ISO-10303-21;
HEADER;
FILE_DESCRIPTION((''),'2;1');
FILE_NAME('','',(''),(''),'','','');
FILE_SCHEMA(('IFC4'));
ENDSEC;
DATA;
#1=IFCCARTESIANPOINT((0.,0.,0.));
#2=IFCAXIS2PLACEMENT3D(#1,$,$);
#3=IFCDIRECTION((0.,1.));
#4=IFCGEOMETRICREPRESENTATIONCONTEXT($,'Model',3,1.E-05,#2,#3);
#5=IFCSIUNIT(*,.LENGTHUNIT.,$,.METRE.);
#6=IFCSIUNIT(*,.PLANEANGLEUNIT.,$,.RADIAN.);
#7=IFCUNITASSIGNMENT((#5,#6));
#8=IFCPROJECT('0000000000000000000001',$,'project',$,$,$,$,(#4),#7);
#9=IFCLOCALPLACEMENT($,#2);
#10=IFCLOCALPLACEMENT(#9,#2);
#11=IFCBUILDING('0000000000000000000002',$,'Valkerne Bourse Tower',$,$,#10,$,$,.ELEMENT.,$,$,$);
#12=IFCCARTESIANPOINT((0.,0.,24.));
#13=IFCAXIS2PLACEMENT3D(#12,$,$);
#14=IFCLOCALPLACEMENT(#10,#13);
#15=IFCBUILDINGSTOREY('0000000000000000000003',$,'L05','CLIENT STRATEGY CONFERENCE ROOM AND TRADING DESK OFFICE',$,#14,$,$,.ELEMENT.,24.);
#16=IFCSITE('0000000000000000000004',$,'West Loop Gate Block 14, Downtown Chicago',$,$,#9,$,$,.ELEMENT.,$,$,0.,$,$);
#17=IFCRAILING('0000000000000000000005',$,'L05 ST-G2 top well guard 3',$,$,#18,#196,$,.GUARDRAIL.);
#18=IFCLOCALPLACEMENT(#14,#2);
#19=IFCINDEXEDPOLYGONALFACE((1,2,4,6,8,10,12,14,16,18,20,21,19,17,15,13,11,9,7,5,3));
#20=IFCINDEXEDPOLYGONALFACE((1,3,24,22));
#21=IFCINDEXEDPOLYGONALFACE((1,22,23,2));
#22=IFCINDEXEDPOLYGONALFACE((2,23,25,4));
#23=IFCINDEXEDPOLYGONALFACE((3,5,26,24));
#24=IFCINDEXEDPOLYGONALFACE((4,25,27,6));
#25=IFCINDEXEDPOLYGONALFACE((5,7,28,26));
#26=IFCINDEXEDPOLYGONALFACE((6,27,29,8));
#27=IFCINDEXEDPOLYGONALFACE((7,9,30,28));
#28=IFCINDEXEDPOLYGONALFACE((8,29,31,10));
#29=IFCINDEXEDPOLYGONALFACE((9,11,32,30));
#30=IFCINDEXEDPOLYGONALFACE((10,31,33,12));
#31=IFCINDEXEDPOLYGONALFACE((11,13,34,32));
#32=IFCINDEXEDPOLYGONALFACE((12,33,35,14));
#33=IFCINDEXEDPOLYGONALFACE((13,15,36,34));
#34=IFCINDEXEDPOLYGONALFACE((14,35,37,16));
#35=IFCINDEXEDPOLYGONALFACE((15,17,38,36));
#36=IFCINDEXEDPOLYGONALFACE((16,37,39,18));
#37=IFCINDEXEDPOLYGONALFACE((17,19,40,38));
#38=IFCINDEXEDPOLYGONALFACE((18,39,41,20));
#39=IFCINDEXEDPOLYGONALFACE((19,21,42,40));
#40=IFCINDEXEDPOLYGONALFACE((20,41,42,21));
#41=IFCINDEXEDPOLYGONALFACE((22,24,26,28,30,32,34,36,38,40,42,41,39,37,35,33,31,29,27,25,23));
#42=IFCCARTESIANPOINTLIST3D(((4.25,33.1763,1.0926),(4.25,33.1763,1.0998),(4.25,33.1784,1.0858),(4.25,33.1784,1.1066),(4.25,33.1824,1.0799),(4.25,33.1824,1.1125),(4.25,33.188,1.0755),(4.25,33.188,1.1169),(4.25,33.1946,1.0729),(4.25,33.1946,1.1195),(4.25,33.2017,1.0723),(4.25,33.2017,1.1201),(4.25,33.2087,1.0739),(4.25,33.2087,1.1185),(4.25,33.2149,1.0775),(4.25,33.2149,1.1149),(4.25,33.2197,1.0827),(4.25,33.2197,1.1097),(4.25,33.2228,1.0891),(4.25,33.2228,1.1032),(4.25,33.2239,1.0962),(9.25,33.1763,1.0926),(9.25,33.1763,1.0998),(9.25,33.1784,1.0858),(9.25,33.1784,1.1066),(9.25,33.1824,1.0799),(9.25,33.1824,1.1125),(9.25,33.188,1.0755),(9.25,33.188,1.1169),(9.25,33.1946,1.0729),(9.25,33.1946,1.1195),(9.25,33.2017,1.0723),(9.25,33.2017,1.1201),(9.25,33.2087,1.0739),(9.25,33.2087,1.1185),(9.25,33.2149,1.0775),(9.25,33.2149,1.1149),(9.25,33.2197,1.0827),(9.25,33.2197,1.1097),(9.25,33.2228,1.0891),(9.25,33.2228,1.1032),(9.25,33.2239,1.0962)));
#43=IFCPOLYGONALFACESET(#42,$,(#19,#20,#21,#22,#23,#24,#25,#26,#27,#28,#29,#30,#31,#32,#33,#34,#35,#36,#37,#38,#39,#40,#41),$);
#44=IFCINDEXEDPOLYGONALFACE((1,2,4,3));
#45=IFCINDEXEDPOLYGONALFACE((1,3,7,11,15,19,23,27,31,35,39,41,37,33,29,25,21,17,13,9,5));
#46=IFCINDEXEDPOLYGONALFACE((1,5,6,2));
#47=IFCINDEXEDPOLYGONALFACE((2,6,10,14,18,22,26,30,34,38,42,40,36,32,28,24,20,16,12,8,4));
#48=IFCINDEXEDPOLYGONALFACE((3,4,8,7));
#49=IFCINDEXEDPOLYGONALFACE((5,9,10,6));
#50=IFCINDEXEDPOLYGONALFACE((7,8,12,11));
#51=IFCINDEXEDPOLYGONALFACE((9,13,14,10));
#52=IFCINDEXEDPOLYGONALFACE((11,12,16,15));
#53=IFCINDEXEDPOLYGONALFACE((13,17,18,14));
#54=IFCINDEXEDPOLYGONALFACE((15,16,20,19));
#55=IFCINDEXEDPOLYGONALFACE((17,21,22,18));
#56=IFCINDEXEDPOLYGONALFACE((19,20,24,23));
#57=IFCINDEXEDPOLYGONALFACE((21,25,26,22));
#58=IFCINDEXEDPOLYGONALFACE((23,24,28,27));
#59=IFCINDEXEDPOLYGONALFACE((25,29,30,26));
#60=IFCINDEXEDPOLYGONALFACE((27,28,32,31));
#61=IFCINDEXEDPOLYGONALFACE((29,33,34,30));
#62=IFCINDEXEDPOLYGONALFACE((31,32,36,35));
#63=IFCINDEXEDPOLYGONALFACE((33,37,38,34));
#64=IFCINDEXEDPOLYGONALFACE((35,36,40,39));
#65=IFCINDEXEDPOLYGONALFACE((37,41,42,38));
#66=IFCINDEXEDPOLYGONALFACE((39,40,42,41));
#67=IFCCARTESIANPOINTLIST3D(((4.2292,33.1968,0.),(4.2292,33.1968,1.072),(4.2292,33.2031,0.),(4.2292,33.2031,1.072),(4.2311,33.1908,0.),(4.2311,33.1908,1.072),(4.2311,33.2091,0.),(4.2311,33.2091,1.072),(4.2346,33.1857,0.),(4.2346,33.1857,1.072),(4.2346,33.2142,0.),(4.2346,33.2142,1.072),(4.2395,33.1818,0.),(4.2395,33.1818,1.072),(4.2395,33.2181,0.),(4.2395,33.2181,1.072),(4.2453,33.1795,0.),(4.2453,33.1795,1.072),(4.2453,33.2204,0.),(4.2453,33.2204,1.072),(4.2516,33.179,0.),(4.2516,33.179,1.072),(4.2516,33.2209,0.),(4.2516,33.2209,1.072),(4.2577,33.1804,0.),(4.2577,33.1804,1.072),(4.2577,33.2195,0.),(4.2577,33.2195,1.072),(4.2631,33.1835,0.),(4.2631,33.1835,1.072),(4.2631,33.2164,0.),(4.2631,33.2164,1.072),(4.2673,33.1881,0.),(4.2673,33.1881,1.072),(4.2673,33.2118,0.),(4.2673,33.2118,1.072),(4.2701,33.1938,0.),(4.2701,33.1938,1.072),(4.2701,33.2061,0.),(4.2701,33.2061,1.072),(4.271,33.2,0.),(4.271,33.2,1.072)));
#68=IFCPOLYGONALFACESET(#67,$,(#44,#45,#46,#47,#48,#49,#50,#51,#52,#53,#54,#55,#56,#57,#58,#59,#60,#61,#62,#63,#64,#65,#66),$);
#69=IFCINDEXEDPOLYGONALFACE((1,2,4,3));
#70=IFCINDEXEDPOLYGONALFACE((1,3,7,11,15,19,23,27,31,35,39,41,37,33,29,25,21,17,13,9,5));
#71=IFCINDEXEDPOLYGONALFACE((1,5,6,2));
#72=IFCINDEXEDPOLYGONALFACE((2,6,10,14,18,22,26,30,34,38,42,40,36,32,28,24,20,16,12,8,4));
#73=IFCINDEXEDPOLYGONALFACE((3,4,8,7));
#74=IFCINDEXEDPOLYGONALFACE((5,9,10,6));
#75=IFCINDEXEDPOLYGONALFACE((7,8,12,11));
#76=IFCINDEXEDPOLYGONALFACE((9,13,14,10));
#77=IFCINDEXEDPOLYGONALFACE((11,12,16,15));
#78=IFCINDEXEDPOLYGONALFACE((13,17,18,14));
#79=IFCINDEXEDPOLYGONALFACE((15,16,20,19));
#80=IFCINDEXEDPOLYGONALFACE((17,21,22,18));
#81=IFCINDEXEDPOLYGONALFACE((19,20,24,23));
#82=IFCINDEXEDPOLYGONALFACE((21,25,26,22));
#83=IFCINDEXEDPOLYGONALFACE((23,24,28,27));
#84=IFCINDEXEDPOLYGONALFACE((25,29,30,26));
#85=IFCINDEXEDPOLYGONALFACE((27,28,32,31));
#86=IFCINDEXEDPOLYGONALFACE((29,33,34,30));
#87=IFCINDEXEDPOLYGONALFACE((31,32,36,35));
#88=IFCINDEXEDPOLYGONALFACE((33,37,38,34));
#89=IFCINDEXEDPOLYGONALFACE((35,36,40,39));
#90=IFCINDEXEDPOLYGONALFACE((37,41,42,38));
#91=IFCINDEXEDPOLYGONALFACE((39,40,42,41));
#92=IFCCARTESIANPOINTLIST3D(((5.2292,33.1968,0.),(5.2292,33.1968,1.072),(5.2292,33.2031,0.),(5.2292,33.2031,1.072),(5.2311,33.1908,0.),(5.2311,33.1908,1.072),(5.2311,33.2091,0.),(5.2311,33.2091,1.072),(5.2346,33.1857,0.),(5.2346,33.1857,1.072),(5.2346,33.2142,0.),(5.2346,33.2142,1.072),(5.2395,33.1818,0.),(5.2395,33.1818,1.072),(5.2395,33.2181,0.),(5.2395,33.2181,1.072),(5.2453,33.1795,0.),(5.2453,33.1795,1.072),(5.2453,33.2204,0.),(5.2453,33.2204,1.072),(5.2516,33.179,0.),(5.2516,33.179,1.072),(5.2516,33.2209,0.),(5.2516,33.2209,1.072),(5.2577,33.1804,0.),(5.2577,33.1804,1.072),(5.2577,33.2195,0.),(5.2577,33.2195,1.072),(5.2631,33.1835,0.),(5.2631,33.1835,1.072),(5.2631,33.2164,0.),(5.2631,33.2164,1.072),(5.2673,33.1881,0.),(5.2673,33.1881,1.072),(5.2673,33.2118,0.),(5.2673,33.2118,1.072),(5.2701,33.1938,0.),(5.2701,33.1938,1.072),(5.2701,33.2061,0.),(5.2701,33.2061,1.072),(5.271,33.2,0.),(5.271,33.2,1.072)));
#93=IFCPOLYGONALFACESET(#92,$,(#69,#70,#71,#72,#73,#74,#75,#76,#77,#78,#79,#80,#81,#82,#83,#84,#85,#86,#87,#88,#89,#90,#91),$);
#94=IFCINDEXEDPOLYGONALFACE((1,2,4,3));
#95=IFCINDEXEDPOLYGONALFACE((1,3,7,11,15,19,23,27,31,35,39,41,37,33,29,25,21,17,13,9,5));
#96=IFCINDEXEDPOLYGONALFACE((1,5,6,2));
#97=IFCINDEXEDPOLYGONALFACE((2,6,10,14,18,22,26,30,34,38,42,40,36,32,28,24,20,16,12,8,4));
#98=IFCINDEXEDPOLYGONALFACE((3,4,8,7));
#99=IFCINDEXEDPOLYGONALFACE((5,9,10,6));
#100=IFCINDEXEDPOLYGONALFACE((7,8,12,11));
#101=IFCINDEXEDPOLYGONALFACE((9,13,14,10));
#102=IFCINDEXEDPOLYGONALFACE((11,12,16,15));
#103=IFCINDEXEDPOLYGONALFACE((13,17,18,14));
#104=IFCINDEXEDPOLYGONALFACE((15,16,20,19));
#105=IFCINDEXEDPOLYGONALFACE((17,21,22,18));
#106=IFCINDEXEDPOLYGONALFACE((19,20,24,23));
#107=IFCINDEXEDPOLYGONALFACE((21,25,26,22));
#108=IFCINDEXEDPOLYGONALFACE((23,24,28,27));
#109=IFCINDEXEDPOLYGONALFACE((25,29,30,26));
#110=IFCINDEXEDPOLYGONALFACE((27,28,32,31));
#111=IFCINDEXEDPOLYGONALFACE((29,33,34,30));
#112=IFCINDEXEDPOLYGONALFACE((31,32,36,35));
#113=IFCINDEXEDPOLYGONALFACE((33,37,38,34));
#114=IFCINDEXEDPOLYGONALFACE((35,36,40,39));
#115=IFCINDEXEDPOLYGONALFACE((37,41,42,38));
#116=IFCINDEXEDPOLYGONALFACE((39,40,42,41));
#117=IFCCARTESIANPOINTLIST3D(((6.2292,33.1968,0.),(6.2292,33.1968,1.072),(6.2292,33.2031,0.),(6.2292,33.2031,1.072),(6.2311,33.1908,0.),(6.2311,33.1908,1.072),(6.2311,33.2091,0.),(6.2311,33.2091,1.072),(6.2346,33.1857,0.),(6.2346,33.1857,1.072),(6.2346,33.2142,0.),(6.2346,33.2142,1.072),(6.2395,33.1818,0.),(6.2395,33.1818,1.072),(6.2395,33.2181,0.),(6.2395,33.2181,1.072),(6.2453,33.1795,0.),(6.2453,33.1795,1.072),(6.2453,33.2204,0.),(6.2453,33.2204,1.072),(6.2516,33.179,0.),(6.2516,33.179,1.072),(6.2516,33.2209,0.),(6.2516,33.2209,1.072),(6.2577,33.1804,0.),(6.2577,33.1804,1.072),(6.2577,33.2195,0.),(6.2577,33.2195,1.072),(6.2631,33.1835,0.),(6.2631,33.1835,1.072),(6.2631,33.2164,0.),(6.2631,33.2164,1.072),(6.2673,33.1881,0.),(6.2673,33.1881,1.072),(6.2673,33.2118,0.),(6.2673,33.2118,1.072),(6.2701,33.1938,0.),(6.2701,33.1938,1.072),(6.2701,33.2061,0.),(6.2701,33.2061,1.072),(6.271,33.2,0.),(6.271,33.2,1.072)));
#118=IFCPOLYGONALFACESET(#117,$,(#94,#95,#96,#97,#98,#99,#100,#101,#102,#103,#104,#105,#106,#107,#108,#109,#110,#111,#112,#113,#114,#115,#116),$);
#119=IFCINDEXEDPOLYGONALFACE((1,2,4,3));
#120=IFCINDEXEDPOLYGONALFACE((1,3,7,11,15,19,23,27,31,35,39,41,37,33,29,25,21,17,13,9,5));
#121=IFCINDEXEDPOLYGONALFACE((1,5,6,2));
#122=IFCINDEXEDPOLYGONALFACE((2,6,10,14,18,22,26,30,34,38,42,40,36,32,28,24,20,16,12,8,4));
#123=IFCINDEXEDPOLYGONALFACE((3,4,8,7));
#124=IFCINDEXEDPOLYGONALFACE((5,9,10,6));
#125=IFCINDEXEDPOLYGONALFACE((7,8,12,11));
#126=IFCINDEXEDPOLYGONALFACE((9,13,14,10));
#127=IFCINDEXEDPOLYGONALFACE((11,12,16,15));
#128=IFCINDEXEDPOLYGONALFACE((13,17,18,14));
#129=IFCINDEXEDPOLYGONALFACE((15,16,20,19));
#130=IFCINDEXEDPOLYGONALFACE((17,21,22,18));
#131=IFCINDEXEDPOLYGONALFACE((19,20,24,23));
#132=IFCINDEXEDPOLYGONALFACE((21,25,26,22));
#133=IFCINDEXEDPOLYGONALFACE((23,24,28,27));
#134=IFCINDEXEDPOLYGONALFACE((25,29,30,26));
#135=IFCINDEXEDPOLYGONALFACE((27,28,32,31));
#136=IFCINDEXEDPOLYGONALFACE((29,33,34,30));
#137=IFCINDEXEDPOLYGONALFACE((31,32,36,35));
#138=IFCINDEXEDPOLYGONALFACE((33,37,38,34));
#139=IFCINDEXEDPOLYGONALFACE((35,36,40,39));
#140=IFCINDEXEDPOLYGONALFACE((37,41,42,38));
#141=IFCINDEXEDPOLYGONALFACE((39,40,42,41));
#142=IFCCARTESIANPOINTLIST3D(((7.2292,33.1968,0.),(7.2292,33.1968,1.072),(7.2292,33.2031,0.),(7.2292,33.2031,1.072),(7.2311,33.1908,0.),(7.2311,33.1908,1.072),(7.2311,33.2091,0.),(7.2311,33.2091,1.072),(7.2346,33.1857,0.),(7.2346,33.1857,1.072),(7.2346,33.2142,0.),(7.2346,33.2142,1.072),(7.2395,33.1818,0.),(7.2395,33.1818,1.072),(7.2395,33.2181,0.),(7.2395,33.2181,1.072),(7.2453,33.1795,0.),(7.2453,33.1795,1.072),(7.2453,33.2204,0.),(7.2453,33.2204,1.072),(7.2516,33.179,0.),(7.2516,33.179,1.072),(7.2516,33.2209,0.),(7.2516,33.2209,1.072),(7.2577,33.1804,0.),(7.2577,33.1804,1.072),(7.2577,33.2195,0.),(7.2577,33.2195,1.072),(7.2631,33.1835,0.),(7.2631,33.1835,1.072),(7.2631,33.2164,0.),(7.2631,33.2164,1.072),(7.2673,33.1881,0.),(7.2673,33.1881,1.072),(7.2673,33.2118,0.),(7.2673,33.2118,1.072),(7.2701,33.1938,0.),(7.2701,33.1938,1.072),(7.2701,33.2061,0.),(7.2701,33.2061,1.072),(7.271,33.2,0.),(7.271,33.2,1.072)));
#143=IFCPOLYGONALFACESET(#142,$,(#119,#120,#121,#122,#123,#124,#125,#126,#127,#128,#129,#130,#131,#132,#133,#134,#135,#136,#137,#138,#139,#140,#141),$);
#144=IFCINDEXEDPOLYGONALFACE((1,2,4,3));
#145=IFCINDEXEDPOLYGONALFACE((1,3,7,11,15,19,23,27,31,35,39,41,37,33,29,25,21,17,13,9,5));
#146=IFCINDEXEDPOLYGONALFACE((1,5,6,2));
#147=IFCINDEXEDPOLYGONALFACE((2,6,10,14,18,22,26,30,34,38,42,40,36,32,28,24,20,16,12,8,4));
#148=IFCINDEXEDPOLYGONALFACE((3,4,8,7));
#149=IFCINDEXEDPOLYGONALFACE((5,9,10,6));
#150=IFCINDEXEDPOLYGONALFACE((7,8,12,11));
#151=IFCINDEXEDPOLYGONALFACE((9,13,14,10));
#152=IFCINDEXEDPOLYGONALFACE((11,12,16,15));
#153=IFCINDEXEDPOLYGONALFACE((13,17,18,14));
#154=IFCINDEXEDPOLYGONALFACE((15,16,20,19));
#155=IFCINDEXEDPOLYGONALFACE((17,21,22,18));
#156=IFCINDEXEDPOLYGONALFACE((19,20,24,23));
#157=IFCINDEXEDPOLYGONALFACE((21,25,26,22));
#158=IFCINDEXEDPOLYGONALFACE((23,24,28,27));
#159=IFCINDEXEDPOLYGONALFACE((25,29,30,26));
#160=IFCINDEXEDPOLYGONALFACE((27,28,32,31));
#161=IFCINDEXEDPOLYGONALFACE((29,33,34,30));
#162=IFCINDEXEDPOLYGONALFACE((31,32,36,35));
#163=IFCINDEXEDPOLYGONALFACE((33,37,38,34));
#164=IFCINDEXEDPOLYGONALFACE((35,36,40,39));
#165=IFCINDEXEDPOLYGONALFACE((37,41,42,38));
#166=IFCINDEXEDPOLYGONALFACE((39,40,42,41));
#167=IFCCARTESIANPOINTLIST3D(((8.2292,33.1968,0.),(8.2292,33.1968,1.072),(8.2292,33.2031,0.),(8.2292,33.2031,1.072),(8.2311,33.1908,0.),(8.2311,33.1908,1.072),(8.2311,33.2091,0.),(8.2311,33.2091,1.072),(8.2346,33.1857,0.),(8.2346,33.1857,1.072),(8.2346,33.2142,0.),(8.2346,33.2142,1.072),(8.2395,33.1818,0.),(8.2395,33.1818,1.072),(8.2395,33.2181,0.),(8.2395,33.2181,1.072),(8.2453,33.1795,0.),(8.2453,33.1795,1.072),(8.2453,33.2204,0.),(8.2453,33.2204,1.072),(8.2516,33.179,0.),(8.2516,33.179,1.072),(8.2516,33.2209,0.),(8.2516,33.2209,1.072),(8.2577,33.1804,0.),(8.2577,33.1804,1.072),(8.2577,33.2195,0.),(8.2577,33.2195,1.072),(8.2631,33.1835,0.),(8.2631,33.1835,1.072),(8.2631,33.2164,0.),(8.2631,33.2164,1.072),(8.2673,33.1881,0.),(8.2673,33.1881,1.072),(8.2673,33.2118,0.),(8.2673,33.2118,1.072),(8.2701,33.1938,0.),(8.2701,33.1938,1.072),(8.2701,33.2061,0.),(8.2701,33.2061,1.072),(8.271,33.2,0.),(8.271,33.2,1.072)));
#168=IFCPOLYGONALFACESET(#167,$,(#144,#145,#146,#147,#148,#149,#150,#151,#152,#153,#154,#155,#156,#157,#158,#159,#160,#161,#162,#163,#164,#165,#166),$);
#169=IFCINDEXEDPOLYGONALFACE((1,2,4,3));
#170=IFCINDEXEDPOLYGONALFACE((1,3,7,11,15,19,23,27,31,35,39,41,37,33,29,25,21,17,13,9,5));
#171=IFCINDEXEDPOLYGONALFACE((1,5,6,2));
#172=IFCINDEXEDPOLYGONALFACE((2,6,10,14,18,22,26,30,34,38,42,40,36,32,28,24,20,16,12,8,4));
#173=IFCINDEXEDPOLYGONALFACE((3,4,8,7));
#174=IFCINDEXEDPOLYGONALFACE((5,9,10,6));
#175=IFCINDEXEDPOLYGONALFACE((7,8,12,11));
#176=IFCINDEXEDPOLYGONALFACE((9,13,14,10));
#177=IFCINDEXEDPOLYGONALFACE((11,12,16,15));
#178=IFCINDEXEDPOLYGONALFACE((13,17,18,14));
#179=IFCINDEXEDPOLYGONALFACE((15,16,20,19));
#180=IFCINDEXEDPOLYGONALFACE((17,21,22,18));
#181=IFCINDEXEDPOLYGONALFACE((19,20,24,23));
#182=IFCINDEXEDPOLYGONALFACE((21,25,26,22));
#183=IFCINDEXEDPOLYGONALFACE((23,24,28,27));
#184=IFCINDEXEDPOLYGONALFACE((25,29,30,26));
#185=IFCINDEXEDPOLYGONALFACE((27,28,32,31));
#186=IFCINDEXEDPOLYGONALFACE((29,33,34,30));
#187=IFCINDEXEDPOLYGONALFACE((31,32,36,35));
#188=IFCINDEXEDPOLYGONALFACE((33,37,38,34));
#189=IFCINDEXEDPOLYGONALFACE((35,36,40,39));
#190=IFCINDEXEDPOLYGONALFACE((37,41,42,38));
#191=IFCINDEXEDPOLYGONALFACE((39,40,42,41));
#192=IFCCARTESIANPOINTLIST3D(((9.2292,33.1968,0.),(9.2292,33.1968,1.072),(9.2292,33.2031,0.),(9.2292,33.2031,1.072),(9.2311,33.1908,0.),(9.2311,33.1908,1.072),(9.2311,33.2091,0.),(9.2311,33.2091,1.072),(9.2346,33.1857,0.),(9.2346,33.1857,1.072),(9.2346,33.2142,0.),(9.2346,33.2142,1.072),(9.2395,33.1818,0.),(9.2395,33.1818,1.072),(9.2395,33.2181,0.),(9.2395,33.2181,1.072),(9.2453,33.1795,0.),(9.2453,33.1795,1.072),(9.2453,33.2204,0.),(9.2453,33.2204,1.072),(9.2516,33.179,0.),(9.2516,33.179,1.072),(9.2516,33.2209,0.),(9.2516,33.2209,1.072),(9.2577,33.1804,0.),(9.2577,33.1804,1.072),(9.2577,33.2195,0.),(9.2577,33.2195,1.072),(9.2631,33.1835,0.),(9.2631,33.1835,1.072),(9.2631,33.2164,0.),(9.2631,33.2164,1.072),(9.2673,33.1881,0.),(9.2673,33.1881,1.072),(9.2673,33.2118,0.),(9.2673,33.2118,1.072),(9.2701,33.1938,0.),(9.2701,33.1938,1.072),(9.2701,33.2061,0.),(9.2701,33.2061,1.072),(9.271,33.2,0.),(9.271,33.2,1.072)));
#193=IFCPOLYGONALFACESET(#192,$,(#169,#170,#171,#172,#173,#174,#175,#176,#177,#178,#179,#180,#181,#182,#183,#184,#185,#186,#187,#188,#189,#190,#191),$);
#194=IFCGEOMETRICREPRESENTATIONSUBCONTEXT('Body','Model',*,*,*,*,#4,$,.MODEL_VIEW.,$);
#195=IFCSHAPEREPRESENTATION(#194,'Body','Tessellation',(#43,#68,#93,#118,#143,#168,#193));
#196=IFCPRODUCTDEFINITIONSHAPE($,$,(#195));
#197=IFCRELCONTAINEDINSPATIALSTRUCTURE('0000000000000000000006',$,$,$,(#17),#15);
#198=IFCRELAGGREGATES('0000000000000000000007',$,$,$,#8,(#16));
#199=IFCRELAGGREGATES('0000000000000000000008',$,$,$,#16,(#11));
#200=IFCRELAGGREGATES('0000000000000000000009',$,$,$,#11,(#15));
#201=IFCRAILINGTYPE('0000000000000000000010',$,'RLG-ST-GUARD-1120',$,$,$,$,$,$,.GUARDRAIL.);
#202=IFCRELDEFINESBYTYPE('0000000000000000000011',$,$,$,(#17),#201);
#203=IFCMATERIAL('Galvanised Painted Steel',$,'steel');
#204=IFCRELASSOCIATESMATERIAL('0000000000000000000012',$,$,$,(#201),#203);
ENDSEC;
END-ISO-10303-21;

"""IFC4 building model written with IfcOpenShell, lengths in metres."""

from ifc_helpers import new_model, si_unit, direction, frame, origin, origin_2d, place, context, subcontext, project, spatial, circle, extrude, material, type_object, element, save


model = new_model("IFC4")

# Units and contexts
model_context = context("Model", 3, precision=1e-05, world=origin(), true_north=direction((0.0, 1.0)))
body_context = subcontext(model_context, "Body", "Model", "MODEL_VIEW")
ifc_project = project(units=[si_unit("LENGTHUNIT", "METRE"), si_unit("PLANEANGLEUNIT", "RADIAN")], contexts=[model_context])

# Site, building, storey
site_placement = place(None, origin())
site = spatial("IfcSite", under=ifc_project, at=site_placement, Name="West Loop Gate Block 14, Downtown Chicago", CompositionType="ELEMENT", RefElevation=0.0)
building_placement = place(site_placement, origin())
building = spatial("IfcBuilding", under=site, at=building_placement, Name="Valkerne Bourse Tower", CompositionType="ELEMENT")
storey_placement = place(building_placement, frame((0.0, 0.0, 24.0)))
storey = spatial("IfcBuildingStorey", under=building, at=storey_placement, Name="L05", Description="CLIENT STRATEGY CONFERENCE ROOM AND TRADING DESK OFFICE", CompositionType="ELEMENT", Elevation=24.0)

# Railing
ifc_material_1 = material(Name="Galvanised Painted Steel", Category="steel")
railing_type_1 = type_object("IfcRailingType", Name="RLG-ST-GUARD-1120", PredefinedType="GUARDRAIL", material=ifc_material_1)
railing_1_placement = place(storey_placement, frame((4.25, 33.2, 0.0)))
element("IfcRailing", 1, at=railing_1_placement, inside=storey, type_object=railing_type_1, Name="L05 ST-G2 top well guard 3", PredefinedType="GUARDRAIL", context=body_context, shape_type="SweptSolid", body=[
    extrude(circle(Radius=0.0239, at=origin_2d()), frame((0.0, 0.0, 1.0962), z_axis=(1.0, 0.0, 0.0), x_axis=(0.0, 1.0, 0.0)), (0.0, 0.0, 1.0), 5.0),
    extrude(circle(Radius=0.021, at=origin_2d()), origin(), (0.0, 0.0, 1.0), 1.072),
    extrude(circle(Radius=0.021, at=origin_2d()), frame((1.0, 0.0, 0.0)), (0.0, 0.0, 1.0), 1.072),
    extrude(circle(Radius=0.021, at=origin_2d()), frame((2.0, 0.0, 0.0)), (0.0, 0.0, 1.0), 1.072),
    extrude(circle(Radius=0.021, at=origin_2d()), frame((3.0, 0.0, 0.0)), (0.0, 0.0, 1.0), 1.072),
    extrude(circle(Radius=0.021, at=origin_2d()), frame((4.0, 0.0, 0.0)), (0.0, 0.0, 1.0), 1.072),
    extrude(circle(Radius=0.021, at=origin_2d()), frame((5.0, 0.0, 0.0)), (0.0, 0.0, 1.0), 1.072),
])

save(model, "model.ifc")
